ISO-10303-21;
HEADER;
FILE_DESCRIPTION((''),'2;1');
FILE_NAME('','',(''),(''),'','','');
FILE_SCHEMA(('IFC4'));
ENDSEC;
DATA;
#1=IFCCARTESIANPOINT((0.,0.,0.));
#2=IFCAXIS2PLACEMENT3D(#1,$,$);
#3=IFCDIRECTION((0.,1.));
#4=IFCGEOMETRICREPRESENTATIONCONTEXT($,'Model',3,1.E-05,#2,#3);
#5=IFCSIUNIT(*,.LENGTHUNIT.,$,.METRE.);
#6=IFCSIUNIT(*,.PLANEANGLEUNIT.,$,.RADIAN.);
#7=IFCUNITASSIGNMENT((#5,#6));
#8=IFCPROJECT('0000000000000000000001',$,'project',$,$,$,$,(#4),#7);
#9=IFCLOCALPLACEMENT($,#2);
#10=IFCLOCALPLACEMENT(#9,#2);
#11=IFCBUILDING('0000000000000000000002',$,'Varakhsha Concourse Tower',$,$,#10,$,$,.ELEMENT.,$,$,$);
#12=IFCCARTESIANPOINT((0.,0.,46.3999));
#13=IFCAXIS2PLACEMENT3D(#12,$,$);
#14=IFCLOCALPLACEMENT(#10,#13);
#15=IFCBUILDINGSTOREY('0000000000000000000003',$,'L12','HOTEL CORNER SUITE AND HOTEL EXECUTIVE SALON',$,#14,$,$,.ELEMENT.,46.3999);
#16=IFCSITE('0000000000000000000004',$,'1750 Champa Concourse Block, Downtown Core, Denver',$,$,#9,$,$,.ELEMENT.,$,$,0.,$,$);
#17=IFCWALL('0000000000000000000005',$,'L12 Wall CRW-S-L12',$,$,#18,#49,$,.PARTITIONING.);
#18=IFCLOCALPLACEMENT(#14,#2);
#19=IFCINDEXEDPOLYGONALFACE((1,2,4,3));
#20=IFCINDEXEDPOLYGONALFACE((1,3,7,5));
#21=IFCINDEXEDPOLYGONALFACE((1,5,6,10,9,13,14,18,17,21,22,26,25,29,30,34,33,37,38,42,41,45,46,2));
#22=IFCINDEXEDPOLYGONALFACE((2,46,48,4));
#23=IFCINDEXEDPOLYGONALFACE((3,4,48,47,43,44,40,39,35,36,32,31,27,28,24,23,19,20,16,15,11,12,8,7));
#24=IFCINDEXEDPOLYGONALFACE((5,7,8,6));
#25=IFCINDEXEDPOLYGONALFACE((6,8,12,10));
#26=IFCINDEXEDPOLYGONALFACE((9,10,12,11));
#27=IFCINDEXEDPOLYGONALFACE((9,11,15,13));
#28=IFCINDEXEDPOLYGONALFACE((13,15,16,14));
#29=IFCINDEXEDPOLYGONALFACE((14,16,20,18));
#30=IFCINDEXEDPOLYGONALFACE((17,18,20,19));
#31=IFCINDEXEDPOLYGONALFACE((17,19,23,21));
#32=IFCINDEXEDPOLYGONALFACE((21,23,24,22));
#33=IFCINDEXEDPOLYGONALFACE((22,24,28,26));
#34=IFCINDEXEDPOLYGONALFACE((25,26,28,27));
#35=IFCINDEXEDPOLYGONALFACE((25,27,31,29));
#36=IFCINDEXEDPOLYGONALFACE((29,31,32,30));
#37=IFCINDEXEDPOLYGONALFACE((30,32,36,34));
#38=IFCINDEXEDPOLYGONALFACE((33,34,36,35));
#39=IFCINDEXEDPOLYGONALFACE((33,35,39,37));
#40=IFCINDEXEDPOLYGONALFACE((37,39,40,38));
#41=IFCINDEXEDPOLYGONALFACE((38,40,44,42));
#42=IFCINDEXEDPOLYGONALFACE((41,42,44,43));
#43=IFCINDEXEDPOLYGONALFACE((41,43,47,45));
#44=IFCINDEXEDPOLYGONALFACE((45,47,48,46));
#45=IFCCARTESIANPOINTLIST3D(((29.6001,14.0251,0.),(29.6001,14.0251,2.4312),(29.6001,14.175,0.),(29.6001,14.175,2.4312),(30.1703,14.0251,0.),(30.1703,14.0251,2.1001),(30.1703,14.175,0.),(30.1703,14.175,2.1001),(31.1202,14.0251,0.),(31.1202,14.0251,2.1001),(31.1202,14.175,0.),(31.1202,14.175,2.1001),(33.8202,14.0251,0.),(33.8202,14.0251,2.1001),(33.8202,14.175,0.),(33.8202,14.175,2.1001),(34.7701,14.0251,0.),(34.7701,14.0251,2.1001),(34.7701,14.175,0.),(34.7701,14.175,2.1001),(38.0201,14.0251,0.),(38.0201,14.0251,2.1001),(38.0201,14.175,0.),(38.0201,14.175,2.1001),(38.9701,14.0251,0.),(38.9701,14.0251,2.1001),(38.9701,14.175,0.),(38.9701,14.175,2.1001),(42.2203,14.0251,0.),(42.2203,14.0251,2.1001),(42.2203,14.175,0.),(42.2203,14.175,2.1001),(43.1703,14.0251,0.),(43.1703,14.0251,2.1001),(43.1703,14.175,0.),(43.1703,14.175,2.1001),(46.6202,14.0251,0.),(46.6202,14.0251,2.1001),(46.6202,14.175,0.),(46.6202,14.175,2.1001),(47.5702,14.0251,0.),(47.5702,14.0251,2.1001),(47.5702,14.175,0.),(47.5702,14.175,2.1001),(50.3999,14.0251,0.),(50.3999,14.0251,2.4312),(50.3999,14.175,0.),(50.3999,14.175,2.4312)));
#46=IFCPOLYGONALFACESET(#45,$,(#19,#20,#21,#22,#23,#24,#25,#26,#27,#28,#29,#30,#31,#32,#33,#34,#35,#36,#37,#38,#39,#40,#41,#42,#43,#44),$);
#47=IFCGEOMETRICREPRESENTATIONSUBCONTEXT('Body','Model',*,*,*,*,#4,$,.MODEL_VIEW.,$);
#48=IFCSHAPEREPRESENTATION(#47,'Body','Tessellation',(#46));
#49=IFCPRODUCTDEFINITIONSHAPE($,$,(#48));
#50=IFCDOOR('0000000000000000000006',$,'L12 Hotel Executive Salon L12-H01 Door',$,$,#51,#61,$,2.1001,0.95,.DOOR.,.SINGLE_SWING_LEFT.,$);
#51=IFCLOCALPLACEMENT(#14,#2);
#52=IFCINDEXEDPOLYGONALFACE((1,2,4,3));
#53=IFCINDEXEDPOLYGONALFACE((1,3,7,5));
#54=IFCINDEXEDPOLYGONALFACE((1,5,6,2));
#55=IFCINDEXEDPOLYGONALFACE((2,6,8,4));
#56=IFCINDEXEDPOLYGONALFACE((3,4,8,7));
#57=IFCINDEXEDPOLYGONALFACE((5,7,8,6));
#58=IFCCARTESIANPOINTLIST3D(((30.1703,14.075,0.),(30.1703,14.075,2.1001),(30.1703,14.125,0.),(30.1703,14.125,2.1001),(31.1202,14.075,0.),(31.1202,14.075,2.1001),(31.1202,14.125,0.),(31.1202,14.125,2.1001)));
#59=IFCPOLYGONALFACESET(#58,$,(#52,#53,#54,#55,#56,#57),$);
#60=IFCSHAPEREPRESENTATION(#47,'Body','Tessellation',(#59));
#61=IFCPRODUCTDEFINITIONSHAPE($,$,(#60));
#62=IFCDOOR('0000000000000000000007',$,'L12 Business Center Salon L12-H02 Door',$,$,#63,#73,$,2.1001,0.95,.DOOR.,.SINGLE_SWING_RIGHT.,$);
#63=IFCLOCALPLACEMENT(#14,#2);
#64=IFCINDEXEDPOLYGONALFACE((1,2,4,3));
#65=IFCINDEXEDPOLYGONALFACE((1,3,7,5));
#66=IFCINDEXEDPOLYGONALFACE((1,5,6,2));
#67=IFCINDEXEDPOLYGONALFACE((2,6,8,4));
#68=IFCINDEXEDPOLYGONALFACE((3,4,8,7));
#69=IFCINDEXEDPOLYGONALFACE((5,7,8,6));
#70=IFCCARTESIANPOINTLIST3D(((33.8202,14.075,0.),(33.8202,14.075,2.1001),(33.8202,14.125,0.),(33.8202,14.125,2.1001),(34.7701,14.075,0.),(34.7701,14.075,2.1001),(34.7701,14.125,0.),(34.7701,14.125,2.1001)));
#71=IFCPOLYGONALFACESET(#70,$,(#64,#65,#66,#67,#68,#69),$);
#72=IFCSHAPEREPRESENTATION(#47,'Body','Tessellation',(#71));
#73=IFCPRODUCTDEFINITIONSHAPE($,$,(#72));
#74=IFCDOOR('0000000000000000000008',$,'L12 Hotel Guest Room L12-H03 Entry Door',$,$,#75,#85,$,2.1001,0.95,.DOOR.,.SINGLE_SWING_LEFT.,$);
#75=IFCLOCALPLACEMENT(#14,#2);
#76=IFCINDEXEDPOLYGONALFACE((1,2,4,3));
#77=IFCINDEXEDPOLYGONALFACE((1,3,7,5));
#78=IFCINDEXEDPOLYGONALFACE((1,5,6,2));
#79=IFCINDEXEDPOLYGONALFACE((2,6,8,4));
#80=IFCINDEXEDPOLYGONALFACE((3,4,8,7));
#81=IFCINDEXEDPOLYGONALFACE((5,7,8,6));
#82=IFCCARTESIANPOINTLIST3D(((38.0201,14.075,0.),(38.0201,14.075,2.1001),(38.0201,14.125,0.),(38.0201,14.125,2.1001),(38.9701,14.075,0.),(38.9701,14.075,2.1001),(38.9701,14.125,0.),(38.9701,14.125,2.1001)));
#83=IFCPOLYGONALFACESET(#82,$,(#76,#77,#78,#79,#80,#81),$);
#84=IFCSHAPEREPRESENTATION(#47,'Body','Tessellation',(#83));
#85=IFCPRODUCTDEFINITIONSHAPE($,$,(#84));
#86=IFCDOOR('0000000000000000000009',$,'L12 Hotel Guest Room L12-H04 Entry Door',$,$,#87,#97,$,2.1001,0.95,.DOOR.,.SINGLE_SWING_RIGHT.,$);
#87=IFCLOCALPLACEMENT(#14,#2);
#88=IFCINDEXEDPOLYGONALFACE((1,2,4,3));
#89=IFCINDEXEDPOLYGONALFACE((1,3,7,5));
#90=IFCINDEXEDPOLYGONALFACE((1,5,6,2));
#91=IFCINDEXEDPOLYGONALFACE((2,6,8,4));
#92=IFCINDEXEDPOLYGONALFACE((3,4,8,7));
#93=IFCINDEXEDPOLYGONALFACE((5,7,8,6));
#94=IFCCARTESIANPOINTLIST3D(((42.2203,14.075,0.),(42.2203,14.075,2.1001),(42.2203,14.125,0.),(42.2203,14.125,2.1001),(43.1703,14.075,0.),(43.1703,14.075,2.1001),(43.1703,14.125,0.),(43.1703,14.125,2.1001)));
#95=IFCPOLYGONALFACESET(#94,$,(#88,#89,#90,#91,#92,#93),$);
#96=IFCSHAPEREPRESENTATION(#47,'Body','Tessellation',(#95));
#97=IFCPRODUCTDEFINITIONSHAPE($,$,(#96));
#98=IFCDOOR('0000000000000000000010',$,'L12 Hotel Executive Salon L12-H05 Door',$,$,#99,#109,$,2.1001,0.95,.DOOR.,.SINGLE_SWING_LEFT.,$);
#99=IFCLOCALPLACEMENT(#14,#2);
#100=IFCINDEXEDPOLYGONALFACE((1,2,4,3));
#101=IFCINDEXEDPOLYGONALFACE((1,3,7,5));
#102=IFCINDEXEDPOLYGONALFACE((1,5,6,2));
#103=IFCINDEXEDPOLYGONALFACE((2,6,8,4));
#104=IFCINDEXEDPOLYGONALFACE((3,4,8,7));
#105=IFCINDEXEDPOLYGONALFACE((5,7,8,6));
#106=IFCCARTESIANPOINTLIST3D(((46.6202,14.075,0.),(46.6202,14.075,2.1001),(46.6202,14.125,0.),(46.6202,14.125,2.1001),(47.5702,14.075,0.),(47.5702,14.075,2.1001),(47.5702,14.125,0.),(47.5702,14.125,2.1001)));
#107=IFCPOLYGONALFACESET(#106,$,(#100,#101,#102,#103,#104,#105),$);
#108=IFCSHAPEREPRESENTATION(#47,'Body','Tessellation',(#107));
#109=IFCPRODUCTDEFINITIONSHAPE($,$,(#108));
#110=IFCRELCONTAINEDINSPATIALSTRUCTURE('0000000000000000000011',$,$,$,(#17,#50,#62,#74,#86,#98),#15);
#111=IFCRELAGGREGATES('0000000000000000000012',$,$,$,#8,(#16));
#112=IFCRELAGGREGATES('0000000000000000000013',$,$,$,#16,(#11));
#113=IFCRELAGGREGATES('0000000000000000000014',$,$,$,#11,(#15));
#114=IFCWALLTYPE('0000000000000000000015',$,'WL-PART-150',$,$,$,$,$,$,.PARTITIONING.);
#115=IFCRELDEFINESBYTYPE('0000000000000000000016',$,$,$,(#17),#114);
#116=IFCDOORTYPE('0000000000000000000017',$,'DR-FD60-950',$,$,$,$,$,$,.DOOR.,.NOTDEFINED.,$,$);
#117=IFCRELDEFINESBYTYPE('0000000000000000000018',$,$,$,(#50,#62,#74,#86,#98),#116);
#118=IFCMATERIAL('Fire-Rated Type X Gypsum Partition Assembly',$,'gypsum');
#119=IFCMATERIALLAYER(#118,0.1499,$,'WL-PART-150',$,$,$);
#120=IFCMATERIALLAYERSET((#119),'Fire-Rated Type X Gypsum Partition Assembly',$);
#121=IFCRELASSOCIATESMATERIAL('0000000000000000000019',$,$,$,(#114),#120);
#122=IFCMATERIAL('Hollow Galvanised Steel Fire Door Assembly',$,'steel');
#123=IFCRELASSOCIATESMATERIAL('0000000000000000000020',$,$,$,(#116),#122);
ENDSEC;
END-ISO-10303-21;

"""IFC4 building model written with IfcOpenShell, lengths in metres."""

from ifc_helpers import new_model, si_unit, direction, frame, frame_2d, origin, place, context, subcontext, project, spatial, rectangle, extrude, material, layer, layer_set, type_object, element, fill, save


model = new_model("IFC4")

# Units and contexts
model_context = context("Model", 3, precision=1e-05, world=origin(), true_north=direction((0.0, 1.0)))
body_context = subcontext(model_context, "Body", "Model", "MODEL_VIEW")
ifc_project = project(units=[si_unit("LENGTHUNIT", "METRE"), si_unit("PLANEANGLEUNIT", "RADIAN")], contexts=[model_context])

# Site, building, storey
site_placement = place(None, origin())
site = spatial("IfcSite", under=ifc_project, at=site_placement, Name="1750 Champa Concourse Block, Downtown Core, Denver", CompositionType="ELEMENT", RefElevation=0.0)
building_placement = place(site_placement, origin())
building = spatial("IfcBuilding", under=site, at=building_placement, Name="Varakhsha Concourse Tower", CompositionType="ELEMENT")
storey_placement = place(building_placement, frame((0.0, 0.0, 46.3999)))
storey = spatial("IfcBuildingStorey", under=building, at=storey_placement, Name="L12", Description="HOTEL CORNER SUITE AND HOTEL EXECUTIVE SALON", CompositionType="ELEMENT", Elevation=46.3999)

# Wall, openings, doors
ifc_material_1 = material(Name="Fire-Rated Type X Gypsum Partition Assembly", Category="gypsum")
ifc_layer_1 = layer(ifc_material_1, 0.1499, Name="WL-PART-150")
ifc_layer_set_1 = layer_set([ifc_layer_1], Name="Fire-Rated Type X Gypsum Partition Assembly")
wall_type_1 = type_object("IfcWallType", Name="WL-PART-150", PredefinedType="PARTITIONING", material=ifc_layer_set_1)
wall_1_placement = place(storey_placement, frame((29.6001, 14.1001, 0.0), z_axis=(0.0, 0.0, 1.0), x_axis=(1.0, 0.0, 0.0)))
wall_1 = element("IfcWall", 1, at=wall_1_placement, inside=storey, type_object=wall_type_1, Name="L12 Wall CRW-S-L12", PredefinedType="PARTITIONING", context=body_context, shape_type="SweptSolid", body=[
    extrude(rectangle(XDim=20.7998, YDim=0.1499, at=frame_2d((10.3999, 0.0))), origin(), (0.0, 0.0, 1.0), 2.4312),
])
opening_1_placement = place(wall_1_placement, frame((0.5701, 0.0, 0.0)))
opening_1 = element("IfcOpeningElement", 2, at=opening_1_placement, cuts=wall_1, PredefinedType="OPENING", context=body_context, shape_type="SweptSolid", body=[
    extrude(rectangle(XDim=0.95, YDim=2.1001, at=frame_2d((0.4751, 1.05))), frame((0.0, 0.085, 0.0), z_axis=(0.0, -1.0, 0.0), x_axis=(1.0, 0.0, 0.0)), (0.0, 0.0, 1.0), 0.1699),
])
opening_2_placement = place(wall_1_placement, frame((4.22, 0.0, 0.0)))
opening_2 = element("IfcOpeningElement", 3, at=opening_2_placement, cuts=wall_1, PredefinedType="OPENING", context=body_context, shape_type="SweptSolid", body=[
    extrude(rectangle(XDim=0.95, YDim=2.1001, at=frame_2d((0.4751, 1.05))), frame((0.0, 0.085, 0.0), z_axis=(0.0, -1.0, 0.0), x_axis=(1.0, 0.0, 0.0)), (0.0, 0.0, 1.0), 0.1699),
])
opening_3_placement = place(wall_1_placement, frame((8.4199, 0.0, 0.0)))
opening_3 = element("IfcOpeningElement", 4, at=opening_3_placement, cuts=wall_1, PredefinedType="OPENING", context=body_context, shape_type="SweptSolid", body=[
    extrude(rectangle(XDim=0.95, YDim=2.1001, at=frame_2d((0.4751, 1.05))), frame((0.0, 0.085, 0.0), z_axis=(0.0, -1.0, 0.0), x_axis=(1.0, 0.0, 0.0)), (0.0, 0.0, 1.0), 0.1699),
])
opening_4_placement = place(wall_1_placement, frame((12.6201, 0.0, 0.0)))
opening_4 = element("IfcOpeningElement", 5, at=opening_4_placement, cuts=wall_1, PredefinedType="OPENING", context=body_context, shape_type="SweptSolid", body=[
    extrude(rectangle(XDim=0.95, YDim=2.1001, at=frame_2d((0.4751, 1.05))), frame((0.0, 0.085, 0.0), z_axis=(0.0, -1.0, 0.0), x_axis=(1.0, 0.0, 0.0)), (0.0, 0.0, 1.0), 0.1699),
])
opening_5_placement = place(wall_1_placement, frame((17.02, 0.0, 0.0)))
opening_5 = element("IfcOpeningElement", 6, at=opening_5_placement, cuts=wall_1, PredefinedType="OPENING", context=body_context, shape_type="SweptSolid", body=[
    extrude(rectangle(XDim=0.95, YDim=2.1001, at=frame_2d((0.4751, 1.05))), frame((0.0, 0.085, 0.0), z_axis=(0.0, -1.0, 0.0), x_axis=(1.0, 0.0, 0.0)), (0.0, 0.0, 1.0), 0.1699),
])
ifc_material_2 = material(Name="Hollow Galvanised Steel Fire Door Assembly", Category="steel")
door_type_1 = type_object("IfcDoorType", Name="DR-FD60-950", OperationType="NOTDEFINED", PredefinedType="DOOR", material=ifc_material_2)
door_1_placement = place(opening_1_placement, origin())
door_1 = element("IfcDoor", 7, at=door_1_placement, inside=storey, type_object=door_type_1, Name="L12 Hotel Executive Salon L12-H01 Door", OperationType="SINGLE_SWING_LEFT", OverallHeight=2.1001, OverallWidth=0.95, PredefinedType="DOOR", context=body_context, shape_type="SweptSolid", body=[
    extrude(rectangle(XDim=0.95, YDim=2.1001, at=frame_2d((0.4751, 1.05))), frame((0.0, 0.0249, 0.0), z_axis=(0.0, -1.0, 0.0), x_axis=(1.0, 0.0, 0.0)), (0.0, 0.0, 1.0), 0.05),
])
fill(opening_1, door_1)
door_2_placement = place(opening_2_placement, origin())
door_2 = element("IfcDoor", 8, at=door_2_placement, inside=storey, type_object=door_type_1, Name="L12 Business Center Salon L12-H02 Door", OperationType="SINGLE_SWING_RIGHT", OverallHeight=2.1001, OverallWidth=0.95, PredefinedType="DOOR", context=body_context, shape_type="SweptSolid", body=[
    extrude(rectangle(XDim=0.95, YDim=2.1001, at=frame_2d((0.4751, 1.05))), frame((0.0, 0.0249, 0.0), z_axis=(0.0, -1.0, 0.0), x_axis=(1.0, 0.0, 0.0)), (0.0, 0.0, 1.0), 0.05),
])
fill(opening_2, door_2)
door_3_placement = place(opening_3_placement, origin())
door_3 = element("IfcDoor", 9, at=door_3_placement, inside=storey, type_object=door_type_1, Name="L12 Hotel Guest Room L12-H03 Entry Door", OperationType="SINGLE_SWING_LEFT", OverallHeight=2.1001, OverallWidth=0.95, PredefinedType="DOOR", context=body_context, shape_type="SweptSolid", body=[
    extrude(rectangle(XDim=0.95, YDim=2.1001, at=frame_2d((0.4751, 1.05))), frame((0.0, 0.0249, 0.0), z_axis=(0.0, -1.0, 0.0), x_axis=(1.0, 0.0, 0.0)), (0.0, 0.0, 1.0), 0.05),
])
fill(opening_3, door_3)
door_4_placement = place(opening_4_placement, origin())
door_4 = element("IfcDoor", 10, at=door_4_placement, inside=storey, type_object=door_type_1, Name="L12 Hotel Guest Room L12-H04 Entry Door", OperationType="SINGLE_SWING_RIGHT", OverallHeight=2.1001, OverallWidth=0.95, PredefinedType="DOOR", context=body_context, shape_type="SweptSolid", body=[
    extrude(rectangle(XDim=0.95, YDim=2.1001, at=frame_2d((0.4751, 1.05))), frame((0.0, 0.0249, 0.0), z_axis=(0.0, -1.0, 0.0), x_axis=(1.0, 0.0, 0.0)), (0.0, 0.0, 1.0), 0.05),
])
fill(opening_4, door_4)
door_5_placement = place(opening_5_placement, origin())
door_5 = element("IfcDoor", 11, at=door_5_placement, inside=storey, type_object=door_type_1, Name="L12 Hotel Executive Salon L12-H05 Door", OperationType="SINGLE_SWING_LEFT", OverallHeight=2.1001, OverallWidth=0.95, PredefinedType="DOOR", context=body_context, shape_type="SweptSolid", body=[
    extrude(rectangle(XDim=0.95, YDim=2.1001, at=frame_2d((0.4751, 1.05))), frame((0.0, 0.0249, 0.0), z_axis=(0.0, -1.0, 0.0), x_axis=(1.0, 0.0, 0.0)), (0.0, 0.0, 1.0), 0.05),
])
fill(opening_5, door_5)

save(model, "model.ifc")
